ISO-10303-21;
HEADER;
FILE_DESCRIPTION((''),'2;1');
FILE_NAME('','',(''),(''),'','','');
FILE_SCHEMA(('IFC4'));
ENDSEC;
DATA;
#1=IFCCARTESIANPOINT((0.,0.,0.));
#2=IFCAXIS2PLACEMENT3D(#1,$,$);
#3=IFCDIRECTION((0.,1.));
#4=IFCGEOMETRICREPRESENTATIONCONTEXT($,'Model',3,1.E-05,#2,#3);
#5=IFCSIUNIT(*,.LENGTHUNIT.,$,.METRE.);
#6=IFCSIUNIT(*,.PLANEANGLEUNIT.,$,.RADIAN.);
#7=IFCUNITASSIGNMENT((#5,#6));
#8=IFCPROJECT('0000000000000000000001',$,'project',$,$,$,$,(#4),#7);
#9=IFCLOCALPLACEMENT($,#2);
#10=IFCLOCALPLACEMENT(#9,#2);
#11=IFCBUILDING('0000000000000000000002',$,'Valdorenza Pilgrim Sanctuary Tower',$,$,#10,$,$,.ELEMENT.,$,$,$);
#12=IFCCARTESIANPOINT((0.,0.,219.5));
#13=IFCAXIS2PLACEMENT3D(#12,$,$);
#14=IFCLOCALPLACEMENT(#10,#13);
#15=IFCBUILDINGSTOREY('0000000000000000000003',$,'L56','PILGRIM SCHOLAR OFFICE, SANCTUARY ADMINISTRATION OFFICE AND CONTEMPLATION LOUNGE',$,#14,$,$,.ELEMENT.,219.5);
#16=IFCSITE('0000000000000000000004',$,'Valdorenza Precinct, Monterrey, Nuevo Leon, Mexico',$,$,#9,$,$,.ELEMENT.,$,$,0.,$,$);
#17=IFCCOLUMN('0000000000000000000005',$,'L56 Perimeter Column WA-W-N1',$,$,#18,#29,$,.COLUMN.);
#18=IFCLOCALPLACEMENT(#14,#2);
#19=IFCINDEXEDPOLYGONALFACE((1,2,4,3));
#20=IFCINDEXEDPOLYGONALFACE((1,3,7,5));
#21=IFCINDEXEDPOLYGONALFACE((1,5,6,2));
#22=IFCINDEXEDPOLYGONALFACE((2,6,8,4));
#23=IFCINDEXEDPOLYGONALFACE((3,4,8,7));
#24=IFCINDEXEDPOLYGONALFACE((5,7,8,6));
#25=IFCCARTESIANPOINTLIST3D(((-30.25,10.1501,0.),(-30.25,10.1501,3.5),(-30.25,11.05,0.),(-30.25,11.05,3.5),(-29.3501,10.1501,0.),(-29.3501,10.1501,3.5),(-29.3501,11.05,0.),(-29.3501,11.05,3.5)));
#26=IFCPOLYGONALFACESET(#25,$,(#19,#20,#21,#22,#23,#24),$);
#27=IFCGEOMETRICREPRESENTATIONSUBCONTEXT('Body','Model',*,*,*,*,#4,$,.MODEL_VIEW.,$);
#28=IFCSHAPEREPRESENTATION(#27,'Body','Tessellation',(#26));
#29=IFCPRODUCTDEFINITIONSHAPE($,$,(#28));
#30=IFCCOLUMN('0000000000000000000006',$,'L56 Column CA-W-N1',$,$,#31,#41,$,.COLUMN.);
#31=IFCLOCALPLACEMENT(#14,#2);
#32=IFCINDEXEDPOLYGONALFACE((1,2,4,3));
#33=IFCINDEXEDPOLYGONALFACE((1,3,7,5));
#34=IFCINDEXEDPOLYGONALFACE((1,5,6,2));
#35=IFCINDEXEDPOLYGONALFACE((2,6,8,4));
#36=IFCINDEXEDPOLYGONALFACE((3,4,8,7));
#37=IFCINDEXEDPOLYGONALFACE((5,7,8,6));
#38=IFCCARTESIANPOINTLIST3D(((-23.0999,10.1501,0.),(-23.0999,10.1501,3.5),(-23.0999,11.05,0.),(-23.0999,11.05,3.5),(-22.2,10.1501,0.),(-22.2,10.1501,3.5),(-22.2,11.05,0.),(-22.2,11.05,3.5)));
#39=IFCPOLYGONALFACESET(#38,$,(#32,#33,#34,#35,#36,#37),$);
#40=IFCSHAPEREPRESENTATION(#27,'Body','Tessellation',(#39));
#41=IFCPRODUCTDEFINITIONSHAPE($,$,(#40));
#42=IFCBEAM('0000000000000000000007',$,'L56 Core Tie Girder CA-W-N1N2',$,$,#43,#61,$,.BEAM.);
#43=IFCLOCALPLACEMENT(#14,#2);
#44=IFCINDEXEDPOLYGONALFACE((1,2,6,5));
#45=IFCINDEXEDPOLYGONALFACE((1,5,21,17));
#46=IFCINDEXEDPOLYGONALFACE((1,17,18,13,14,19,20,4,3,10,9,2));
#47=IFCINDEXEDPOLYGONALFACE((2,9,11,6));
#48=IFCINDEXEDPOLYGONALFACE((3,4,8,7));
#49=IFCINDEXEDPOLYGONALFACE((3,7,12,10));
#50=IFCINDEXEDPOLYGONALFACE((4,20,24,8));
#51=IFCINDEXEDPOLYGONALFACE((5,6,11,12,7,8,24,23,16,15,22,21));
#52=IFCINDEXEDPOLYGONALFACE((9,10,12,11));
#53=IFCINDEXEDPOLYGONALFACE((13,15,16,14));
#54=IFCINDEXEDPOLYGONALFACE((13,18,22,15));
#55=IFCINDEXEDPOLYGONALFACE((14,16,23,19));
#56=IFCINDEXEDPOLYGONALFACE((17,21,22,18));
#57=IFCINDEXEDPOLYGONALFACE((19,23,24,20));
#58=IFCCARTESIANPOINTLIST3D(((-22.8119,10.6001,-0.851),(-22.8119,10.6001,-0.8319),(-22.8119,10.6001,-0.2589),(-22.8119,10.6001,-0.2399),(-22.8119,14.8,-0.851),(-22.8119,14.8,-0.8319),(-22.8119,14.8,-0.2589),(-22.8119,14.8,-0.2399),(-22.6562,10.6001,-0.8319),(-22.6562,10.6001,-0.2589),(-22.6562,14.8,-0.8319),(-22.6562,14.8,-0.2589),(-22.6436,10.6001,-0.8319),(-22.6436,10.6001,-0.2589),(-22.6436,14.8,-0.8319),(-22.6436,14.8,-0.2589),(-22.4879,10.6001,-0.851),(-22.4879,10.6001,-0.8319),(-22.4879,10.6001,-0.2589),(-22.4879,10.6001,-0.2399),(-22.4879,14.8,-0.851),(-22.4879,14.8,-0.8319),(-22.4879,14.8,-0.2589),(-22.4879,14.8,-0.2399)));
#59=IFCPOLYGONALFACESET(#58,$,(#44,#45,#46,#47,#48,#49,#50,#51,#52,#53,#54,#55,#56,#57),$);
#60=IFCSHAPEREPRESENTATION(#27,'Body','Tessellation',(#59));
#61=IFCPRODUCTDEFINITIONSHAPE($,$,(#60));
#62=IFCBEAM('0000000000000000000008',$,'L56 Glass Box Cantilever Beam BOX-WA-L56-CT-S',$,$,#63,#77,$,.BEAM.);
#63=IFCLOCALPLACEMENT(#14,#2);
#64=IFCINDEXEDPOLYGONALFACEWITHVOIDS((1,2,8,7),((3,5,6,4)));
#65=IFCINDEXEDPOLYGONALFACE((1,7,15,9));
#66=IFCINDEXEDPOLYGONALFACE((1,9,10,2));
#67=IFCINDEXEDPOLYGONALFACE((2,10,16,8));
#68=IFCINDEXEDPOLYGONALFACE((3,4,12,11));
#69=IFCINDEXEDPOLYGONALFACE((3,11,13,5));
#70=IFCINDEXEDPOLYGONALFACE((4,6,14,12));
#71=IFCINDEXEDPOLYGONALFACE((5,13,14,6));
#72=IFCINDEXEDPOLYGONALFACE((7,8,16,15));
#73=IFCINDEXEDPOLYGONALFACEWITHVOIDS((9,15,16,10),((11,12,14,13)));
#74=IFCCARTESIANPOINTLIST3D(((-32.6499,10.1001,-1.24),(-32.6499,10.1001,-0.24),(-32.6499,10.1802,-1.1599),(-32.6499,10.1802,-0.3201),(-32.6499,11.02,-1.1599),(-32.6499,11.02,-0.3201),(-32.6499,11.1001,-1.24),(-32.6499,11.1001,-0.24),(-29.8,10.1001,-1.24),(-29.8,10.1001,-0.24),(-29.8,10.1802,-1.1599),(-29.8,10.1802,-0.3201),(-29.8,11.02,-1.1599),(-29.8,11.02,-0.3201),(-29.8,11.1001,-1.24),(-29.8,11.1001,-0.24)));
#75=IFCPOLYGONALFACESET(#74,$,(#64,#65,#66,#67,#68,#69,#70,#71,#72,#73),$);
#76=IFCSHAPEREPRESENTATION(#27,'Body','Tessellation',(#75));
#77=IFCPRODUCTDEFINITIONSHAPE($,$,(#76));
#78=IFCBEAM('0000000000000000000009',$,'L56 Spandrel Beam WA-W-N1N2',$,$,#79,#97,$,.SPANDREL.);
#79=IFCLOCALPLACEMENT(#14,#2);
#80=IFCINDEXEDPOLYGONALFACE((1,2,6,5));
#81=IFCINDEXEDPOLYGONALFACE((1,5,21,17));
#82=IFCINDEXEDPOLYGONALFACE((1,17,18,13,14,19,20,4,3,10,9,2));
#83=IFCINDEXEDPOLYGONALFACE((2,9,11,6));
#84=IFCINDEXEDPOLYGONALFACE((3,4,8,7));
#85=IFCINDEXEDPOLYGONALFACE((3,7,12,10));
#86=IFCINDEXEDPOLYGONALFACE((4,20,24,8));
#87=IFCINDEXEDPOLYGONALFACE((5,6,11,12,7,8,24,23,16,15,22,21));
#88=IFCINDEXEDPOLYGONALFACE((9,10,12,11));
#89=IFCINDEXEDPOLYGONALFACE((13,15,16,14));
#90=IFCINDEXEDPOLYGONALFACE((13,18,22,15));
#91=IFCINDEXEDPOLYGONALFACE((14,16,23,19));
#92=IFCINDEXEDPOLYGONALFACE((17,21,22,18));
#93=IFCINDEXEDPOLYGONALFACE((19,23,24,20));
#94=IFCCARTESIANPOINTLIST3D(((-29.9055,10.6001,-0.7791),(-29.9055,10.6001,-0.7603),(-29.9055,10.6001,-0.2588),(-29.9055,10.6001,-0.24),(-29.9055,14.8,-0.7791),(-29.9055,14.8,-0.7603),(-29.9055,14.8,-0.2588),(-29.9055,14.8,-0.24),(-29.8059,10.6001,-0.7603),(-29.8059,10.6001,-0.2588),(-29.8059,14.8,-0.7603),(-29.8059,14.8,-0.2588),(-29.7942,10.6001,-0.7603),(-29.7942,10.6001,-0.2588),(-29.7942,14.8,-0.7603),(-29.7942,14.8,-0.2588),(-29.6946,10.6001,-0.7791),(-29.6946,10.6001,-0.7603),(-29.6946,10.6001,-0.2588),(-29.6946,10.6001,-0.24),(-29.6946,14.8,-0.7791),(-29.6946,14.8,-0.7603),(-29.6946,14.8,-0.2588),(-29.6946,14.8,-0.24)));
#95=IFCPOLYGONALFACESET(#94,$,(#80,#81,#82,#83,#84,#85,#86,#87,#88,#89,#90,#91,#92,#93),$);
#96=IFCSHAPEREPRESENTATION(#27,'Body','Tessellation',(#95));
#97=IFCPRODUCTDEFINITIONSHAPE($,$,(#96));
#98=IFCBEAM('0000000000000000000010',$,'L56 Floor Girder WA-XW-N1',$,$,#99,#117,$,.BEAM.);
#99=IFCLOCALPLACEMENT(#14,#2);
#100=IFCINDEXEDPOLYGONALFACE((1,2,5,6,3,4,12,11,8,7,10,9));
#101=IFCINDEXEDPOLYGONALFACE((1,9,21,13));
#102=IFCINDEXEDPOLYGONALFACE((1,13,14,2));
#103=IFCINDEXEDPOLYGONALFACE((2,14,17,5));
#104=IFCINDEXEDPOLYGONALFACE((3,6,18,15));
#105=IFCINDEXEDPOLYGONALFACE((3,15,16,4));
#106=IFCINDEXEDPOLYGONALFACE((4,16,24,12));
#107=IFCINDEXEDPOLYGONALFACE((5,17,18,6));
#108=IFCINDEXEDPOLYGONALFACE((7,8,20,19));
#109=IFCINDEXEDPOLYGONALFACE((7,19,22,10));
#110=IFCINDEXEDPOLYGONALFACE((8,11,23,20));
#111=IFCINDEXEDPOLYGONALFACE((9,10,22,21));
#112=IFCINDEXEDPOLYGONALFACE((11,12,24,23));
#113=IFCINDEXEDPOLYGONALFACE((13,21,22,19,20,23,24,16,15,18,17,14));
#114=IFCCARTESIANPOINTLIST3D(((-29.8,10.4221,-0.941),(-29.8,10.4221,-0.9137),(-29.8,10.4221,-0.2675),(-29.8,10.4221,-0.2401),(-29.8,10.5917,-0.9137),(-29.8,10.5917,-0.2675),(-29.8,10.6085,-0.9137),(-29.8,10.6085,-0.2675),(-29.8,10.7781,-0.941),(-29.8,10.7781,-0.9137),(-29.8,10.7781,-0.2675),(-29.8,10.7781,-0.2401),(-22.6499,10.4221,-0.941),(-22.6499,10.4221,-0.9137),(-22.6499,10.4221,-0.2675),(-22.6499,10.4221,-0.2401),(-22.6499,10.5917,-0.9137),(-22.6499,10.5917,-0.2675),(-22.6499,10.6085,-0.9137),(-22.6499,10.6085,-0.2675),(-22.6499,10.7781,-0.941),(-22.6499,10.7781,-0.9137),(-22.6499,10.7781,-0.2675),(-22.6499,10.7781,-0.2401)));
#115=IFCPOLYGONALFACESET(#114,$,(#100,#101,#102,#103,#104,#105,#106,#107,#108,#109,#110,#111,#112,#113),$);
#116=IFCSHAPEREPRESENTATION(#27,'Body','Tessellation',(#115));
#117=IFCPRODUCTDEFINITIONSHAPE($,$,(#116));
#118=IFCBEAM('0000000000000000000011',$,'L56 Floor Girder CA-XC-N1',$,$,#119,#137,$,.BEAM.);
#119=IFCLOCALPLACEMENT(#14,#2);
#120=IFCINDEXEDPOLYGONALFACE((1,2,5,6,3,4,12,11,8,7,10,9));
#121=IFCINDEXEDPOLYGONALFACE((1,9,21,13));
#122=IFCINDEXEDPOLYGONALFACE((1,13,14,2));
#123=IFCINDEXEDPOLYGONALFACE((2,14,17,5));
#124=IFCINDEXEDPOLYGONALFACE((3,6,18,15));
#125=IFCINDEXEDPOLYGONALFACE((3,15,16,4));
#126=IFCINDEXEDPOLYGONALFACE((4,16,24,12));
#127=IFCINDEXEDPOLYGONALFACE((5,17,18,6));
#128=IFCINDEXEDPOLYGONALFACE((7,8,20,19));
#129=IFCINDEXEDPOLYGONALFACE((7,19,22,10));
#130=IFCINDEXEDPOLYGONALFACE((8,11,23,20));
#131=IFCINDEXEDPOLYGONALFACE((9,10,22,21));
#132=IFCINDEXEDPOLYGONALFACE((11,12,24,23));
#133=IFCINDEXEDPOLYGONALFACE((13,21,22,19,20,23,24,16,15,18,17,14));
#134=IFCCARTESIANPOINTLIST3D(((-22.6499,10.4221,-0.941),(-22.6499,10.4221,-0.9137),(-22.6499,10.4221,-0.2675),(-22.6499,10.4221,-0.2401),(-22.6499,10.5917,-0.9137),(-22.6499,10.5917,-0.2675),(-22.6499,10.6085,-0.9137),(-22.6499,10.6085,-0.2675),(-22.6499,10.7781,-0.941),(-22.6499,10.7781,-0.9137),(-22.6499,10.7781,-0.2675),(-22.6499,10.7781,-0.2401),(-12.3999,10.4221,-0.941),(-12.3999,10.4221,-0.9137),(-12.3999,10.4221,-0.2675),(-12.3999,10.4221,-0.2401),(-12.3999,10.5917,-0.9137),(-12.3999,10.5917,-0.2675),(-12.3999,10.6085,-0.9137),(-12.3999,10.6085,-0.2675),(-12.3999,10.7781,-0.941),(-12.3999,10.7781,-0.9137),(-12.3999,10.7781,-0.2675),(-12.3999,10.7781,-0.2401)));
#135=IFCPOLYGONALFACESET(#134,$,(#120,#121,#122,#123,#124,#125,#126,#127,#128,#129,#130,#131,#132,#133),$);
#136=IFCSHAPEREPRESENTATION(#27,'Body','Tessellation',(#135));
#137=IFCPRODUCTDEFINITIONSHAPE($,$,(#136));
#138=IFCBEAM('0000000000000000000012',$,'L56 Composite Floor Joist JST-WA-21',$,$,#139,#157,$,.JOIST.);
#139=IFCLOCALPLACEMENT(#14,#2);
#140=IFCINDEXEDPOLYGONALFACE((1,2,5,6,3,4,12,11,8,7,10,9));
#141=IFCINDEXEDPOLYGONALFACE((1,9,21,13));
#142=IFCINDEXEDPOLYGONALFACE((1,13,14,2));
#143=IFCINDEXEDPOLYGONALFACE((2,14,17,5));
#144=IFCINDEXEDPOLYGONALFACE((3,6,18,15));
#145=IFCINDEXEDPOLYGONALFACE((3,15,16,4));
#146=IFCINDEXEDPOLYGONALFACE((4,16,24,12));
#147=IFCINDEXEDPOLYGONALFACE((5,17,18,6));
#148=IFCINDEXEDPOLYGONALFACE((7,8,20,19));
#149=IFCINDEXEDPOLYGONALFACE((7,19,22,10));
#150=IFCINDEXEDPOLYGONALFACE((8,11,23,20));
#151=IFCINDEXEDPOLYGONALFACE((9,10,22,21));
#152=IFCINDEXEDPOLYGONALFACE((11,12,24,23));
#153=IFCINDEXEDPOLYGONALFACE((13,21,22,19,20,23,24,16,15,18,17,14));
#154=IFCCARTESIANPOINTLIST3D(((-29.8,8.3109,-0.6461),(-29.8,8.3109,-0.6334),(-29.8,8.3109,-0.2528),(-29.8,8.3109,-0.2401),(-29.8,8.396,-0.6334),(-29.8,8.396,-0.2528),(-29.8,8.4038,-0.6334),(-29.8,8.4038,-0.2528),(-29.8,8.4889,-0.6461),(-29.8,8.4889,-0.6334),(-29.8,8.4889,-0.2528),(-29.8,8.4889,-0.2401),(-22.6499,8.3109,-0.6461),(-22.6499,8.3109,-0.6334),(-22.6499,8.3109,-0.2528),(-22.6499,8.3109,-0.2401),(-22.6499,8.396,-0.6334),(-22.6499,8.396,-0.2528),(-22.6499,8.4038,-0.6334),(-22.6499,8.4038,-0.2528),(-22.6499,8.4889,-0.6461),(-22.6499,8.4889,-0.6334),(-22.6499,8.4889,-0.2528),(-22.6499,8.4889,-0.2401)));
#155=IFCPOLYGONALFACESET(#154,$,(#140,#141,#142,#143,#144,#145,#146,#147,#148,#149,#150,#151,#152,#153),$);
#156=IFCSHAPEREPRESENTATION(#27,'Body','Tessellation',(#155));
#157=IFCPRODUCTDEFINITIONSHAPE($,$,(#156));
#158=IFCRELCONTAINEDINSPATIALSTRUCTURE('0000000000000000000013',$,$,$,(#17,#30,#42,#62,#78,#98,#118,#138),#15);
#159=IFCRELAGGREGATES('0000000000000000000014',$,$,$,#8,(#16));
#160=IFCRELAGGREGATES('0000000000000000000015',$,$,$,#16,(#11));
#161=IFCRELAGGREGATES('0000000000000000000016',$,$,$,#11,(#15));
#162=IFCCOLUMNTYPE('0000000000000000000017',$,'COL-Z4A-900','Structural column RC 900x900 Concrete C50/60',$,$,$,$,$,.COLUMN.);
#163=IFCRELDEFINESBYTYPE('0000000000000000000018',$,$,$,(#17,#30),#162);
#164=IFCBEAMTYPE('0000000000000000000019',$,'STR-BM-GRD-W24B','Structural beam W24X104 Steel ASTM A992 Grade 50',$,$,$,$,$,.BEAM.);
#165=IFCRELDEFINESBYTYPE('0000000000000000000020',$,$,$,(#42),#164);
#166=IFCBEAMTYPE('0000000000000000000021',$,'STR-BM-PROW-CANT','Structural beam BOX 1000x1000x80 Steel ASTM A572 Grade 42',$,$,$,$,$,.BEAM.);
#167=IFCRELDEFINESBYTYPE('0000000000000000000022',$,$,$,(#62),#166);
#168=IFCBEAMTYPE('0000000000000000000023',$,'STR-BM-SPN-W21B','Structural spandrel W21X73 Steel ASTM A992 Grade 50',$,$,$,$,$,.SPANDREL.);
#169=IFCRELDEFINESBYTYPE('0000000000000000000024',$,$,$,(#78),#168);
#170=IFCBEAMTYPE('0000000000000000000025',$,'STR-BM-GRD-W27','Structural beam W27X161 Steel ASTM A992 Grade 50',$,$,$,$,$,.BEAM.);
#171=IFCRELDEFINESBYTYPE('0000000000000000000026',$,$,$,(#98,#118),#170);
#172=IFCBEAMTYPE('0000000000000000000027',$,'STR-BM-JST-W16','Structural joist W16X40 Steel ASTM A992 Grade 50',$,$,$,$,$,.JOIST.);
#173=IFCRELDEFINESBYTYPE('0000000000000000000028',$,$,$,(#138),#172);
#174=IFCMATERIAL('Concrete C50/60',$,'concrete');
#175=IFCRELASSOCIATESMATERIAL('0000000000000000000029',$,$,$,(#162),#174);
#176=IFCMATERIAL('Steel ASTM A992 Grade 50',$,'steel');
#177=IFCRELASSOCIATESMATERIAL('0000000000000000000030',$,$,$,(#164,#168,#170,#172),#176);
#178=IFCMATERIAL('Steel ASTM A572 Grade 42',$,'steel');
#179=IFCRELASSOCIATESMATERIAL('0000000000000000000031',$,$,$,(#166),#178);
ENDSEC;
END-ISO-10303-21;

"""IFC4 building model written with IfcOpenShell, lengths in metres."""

from ifc_helpers import new_model, si_unit, direction, frame, origin, origin_2d, place, context, subcontext, project, spatial, rectangle, hollow_rectangle, i_section, extrude, source, transform, mapped, material, material_profile, profile_set, type_object, element, save


model = new_model("IFC4")

# Units and contexts
model_context = context("Model", 3, precision=1e-05, world=origin(), true_north=direction((0.0, 1.0)))
body_context = subcontext(model_context, "Body", "Model", "MODEL_VIEW")
ifc_project = project(units=[si_unit("LENGTHUNIT", "METRE"), si_unit("PLANEANGLEUNIT", "RADIAN")], contexts=[model_context])

# Site, building, storey
site_placement = place(None, origin())
site = spatial("IfcSite", under=ifc_project, at=site_placement, Name="Valdorenza Precinct, Monterrey, Nuevo Leon, Mexico", CompositionType="ELEMENT", RefElevation=0.0)
building_placement = place(site_placement, origin())
building = spatial("IfcBuilding", under=site, at=building_placement, Name="Valdorenza Pilgrim Sanctuary Tower", CompositionType="ELEMENT")
storey_placement = place(building_placement, frame((0.0, 0.0, 219.5)))
storey = spatial("IfcBuildingStorey", under=building, at=storey_placement, Name="L56", Description="PILGRIM SCHOLAR OFFICE, SANCTUARY ADMINISTRATION OFFICE AND CONTEMPLATION LOUNGE", CompositionType="ELEMENT", Elevation=219.5)

# Columns
ifc_material_1 = material(Name="Concrete C50/60", Category="concrete")
ifc_material_profile_1 = material_profile(ifc_material_1, rectangle(XDim=0.8999, YDim=0.8999, at=origin_2d()), Name="RC 900x900")
ifc_profile_set_1 = profile_set([ifc_material_profile_1], Name="Concrete C50/60")
column_type = type_object("IfcColumnType", Name="COL-Z4A-900", Description="Structural column RC 900x900 Concrete C50/60", PredefinedType="COLUMN", material=ifc_profile_set_1)
shared_shape_1 = source(origin(), body_context, "Body", "SweptSolid", [
    extrude(rectangle(XDim=0.8999, YDim=0.8999, at=origin_2d()), origin(), (0.0, 0.0, 1.0), 3.5),
])
for number, where, z_axis, x_axis, name in (
    (1, (-29.8, 10.6001, 0.0), (0.0, 0.0, 1.0), (1.0, 0.0, 0.0), "L56 Perimeter Column WA-W-N1"),
    (2, (-22.6499, 10.6001, 0.0), (0.0, 0.0, 1.0), (1.0, 0.0, 0.0), "L56 Column CA-W-N1"),
):
    element("IfcColumn", number, at=place(storey_placement, frame(where, z_axis=z_axis, x_axis=x_axis)), inside=storey, type_object=column_type, Name=name, PredefinedType="COLUMN", context=body_context, shape_type="MappedRepresentation", body=[
        mapped(shared_shape_1, transform((0.0, 0.0, 0.0), x_axis=(1.0, 0.0, 0.0), y_axis=(0.0, 1.0, 0.0), z_axis=(0.0, 0.0, 1.0), scale=1.0)),
    ])

# Beams
ifc_material_2 = material(Name="Steel ASTM A992 Grade 50", Category="steel")
ifc_material_profile_2 = material_profile(ifc_material_2, i_section(OverallWidth=0.324, OverallDepth=0.6111, WebThickness=0.0127, FlangeThickness=0.019, at=origin_2d()), Name="W24X104")
ifc_profile_set_2 = profile_set([ifc_material_profile_2], Name="Steel ASTM A992 Grade 50")
beam_type_1 = type_object("IfcBeamType", Name="STR-BM-GRD-W24B", Description="Structural beam W24X104 Steel ASTM A992 Grade 50", PredefinedType="BEAM", material=ifc_profile_set_2)
shared_shape_2 = source(origin(), body_context, "Body", "SweptSolid", [
    extrude(i_section(OverallWidth=0.324, OverallDepth=0.6111, WebThickness=0.0127, FlangeThickness=0.019, at=origin_2d()), origin(), (0.0, 0.0, 1.0), 4.2),
])
beam_1_placement = place(storey_placement, frame((-22.6499, 10.6001, -0.5454), z_axis=(0.0, 1.0, 0.0), x_axis=(-1.0, 0.0, 0.0)))
element("IfcBeam", 3, at=beam_1_placement, inside=storey, type_object=beam_type_1, Name="L56 Core Tie Girder CA-W-N1N2", PredefinedType="BEAM", context=body_context, shape_type="MappedRepresentation", body=[
    mapped(shared_shape_2, transform((0.0, 0.0, 0.0), x_axis=(1.0, 0.0, 0.0), y_axis=(0.0, 1.0, 0.0), z_axis=(0.0, 0.0, 1.0), scale=1.0)),
])
ifc_material_3 = material(Name="Steel ASTM A572 Grade 42", Category="steel")
ifc_material_profile_3 = material_profile(ifc_material_3, hollow_rectangle(XDim=1.0, YDim=1.0, WallThickness=0.0801, at=origin_2d()), Name="BOX 1000x1000x80")
ifc_profile_set_3 = profile_set([ifc_material_profile_3], Name="Steel ASTM A572 Grade 42")
beam_type_2 = type_object("IfcBeamType", Name="STR-BM-PROW-CANT", Description="Structural beam BOX 1000x1000x80 Steel ASTM A572 Grade 42", PredefinedType="BEAM", material=ifc_profile_set_3)
shared_shape_3 = source(origin(), body_context, "Body", "SweptSolid", [
    extrude(hollow_rectangle(XDim=1.0, YDim=1.0, WallThickness=0.0801, at=origin_2d()), origin(), (0.0, 0.0, 1.0), 2.8499),
])
beam_2_placement = place(storey_placement, frame((-29.8, 10.6001, -0.74), z_axis=(-1.0, 0.0, 0.0), x_axis=(0.0, -1.0, 0.0)))
element("IfcBeam", 4, at=beam_2_placement, inside=storey, type_object=beam_type_2, Name="L56 Glass Box Cantilever Beam BOX-WA-L56-CT-S", PredefinedType="BEAM", context=body_context, shape_type="MappedRepresentation", body=[
    mapped(shared_shape_3, transform((0.0, 0.0, 0.0), x_axis=(1.0, 0.0, 0.0), y_axis=(0.0, 1.0, 0.0), z_axis=(0.0, 0.0, 1.0), scale=1.0)),
])
ifc_material_profile_4 = material_profile(ifc_material_2, i_section(OverallWidth=0.2109, OverallDepth=0.5391, WebThickness=0.0117, FlangeThickness=0.0188, at=origin_2d()), Name="W21X73")
ifc_profile_set_4 = profile_set([ifc_material_profile_4], Name="Steel ASTM A992 Grade 50")
beam_type_3 = type_object("IfcBeamType", Name="STR-BM-SPN-W21B", Description="Structural spandrel W21X73 Steel ASTM A992 Grade 50", PredefinedType="SPANDREL", material=ifc_profile_set_4)
shared_shape_4 = source(origin(), body_context, "Body", "SweptSolid", [
    extrude(i_section(OverallWidth=0.2109, OverallDepth=0.5391, WebThickness=0.0117, FlangeThickness=0.0188, at=origin_2d()), origin(), (0.0, 0.0, 1.0), 4.2),
])
beam_3_placement = place(storey_placement, frame((-29.8, 10.6001, -0.5095), z_axis=(0.0, 1.0, 0.0), x_axis=(-1.0, 0.0, 0.0)))
element("IfcBeam", 5, at=beam_3_placement, inside=storey, type_object=beam_type_3, Name="L56 Spandrel Beam WA-W-N1N2", PredefinedType="SPANDREL", context=body_context, shape_type="MappedRepresentation", body=[
    mapped(shared_shape_4, transform((0.0, 0.0, 0.0), x_axis=(1.0, 0.0, 0.0), y_axis=(0.0, 1.0, 0.0), z_axis=(0.0, 0.0, 1.0), scale=1.0)),
])
ifc_material_profile_5 = material_profile(ifc_material_2, i_section(OverallWidth=0.356, OverallDepth=0.7009, WebThickness=0.0168, FlangeThickness=0.0273, at=origin_2d()), Name="W27X161")
ifc_profile_set_5 = profile_set([ifc_material_profile_5], Name="Steel ASTM A992 Grade 50")
beam_type_4 = type_object("IfcBeamType", Name="STR-BM-GRD-W27", Description="Structural beam W27X161 Steel ASTM A992 Grade 50", PredefinedType="BEAM", material=ifc_profile_set_5)
shared_shape_5 = source(origin(), body_context, "Body", "SweptSolid", [
    extrude(i_section(OverallWidth=0.356, OverallDepth=0.7009, WebThickness=0.0168, FlangeThickness=0.0273, at=origin_2d()), origin(), (0.0, 0.0, 1.0), 7.1501),
])
beam_4_placement = place(storey_placement, frame((-29.8, 10.6001, -0.5906), z_axis=(1.0, 0.0, 0.0), x_axis=(0.0, 1.0, 0.0)))
element("IfcBeam", 6, at=beam_4_placement, inside=storey, type_object=beam_type_4, Name="L56 Floor Girder WA-XW-N1", PredefinedType="BEAM", context=body_context, shape_type="MappedRepresentation", body=[
    mapped(shared_shape_5, transform((0.0, 0.0, 0.0), x_axis=(1.0, 0.0, 0.0), y_axis=(0.0, 1.0, 0.0), z_axis=(0.0, 0.0, 1.0), scale=1.0)),
])
shared_shape_6 = source(origin(), body_context, "Body", "SweptSolid", [
    extrude(i_section(OverallWidth=0.356, OverallDepth=0.7009, WebThickness=0.0168, FlangeThickness=0.0273, at=origin_2d()), origin(), (0.0, 0.0, 1.0), 10.25),
])
beam_5_placement = place(storey_placement, frame((-22.6499, 10.6001, -0.5906), z_axis=(1.0, 0.0, 0.0), x_axis=(0.0, 1.0, 0.0)))
element("IfcBeam", 7, at=beam_5_placement, inside=storey, type_object=beam_type_4, Name="L56 Floor Girder CA-XC-N1", PredefinedType="BEAM", context=body_context, shape_type="MappedRepresentation", body=[
    mapped(shared_shape_6, transform((0.0, 0.0, 0.0), x_axis=(1.0, 0.0, 0.0), y_axis=(0.0, 1.0, 0.0), z_axis=(0.0, 0.0, 1.0), scale=1.0)),
])
ifc_material_profile_6 = material_profile(ifc_material_2, i_section(OverallWidth=0.178, OverallDepth=0.406, WebThickness=0.0078, FlangeThickness=0.0127, at=origin_2d()), Name="W16X40")
ifc_profile_set_6 = profile_set([ifc_material_profile_6], Name="Steel ASTM A992 Grade 50")
beam_type_5 = type_object("IfcBeamType", Name="STR-BM-JST-W16", Description="Structural joist W16X40 Steel ASTM A992 Grade 50", PredefinedType="JOIST", material=ifc_profile_set_6)
shared_shape_7 = source(origin(), body_context, "Body", "SweptSolid", [
    extrude(i_section(OverallWidth=0.178, OverallDepth=0.406, WebThickness=0.0078, FlangeThickness=0.0127, at=origin_2d()), origin(), (0.0, 0.0, 1.0), 7.1501),
])
for number, where, z_axis, x_axis, name in (
    (8, (-29.8, 8.3999, -0.4431), (1.0, 0.0, 0.0), (0.0, 1.0, 0.0), "L56 Composite Floor Joist JST-WA-21"),
):
    element("IfcBeam", number, at=place(storey_placement, frame(where, z_axis=z_axis, x_axis=x_axis)), inside=storey, type_object=beam_type_5, Name=name, PredefinedType="JOIST", context=body_context, shape_type="MappedRepresentation", body=[
        mapped(shared_shape_7, transform((0.0, 0.0, 0.0), x_axis=(1.0, 0.0, 0.0), y_axis=(0.0, 1.0, 0.0), z_axis=(0.0, 0.0, 1.0), scale=1.0)),
    ])

save(model, "model.ifc")
